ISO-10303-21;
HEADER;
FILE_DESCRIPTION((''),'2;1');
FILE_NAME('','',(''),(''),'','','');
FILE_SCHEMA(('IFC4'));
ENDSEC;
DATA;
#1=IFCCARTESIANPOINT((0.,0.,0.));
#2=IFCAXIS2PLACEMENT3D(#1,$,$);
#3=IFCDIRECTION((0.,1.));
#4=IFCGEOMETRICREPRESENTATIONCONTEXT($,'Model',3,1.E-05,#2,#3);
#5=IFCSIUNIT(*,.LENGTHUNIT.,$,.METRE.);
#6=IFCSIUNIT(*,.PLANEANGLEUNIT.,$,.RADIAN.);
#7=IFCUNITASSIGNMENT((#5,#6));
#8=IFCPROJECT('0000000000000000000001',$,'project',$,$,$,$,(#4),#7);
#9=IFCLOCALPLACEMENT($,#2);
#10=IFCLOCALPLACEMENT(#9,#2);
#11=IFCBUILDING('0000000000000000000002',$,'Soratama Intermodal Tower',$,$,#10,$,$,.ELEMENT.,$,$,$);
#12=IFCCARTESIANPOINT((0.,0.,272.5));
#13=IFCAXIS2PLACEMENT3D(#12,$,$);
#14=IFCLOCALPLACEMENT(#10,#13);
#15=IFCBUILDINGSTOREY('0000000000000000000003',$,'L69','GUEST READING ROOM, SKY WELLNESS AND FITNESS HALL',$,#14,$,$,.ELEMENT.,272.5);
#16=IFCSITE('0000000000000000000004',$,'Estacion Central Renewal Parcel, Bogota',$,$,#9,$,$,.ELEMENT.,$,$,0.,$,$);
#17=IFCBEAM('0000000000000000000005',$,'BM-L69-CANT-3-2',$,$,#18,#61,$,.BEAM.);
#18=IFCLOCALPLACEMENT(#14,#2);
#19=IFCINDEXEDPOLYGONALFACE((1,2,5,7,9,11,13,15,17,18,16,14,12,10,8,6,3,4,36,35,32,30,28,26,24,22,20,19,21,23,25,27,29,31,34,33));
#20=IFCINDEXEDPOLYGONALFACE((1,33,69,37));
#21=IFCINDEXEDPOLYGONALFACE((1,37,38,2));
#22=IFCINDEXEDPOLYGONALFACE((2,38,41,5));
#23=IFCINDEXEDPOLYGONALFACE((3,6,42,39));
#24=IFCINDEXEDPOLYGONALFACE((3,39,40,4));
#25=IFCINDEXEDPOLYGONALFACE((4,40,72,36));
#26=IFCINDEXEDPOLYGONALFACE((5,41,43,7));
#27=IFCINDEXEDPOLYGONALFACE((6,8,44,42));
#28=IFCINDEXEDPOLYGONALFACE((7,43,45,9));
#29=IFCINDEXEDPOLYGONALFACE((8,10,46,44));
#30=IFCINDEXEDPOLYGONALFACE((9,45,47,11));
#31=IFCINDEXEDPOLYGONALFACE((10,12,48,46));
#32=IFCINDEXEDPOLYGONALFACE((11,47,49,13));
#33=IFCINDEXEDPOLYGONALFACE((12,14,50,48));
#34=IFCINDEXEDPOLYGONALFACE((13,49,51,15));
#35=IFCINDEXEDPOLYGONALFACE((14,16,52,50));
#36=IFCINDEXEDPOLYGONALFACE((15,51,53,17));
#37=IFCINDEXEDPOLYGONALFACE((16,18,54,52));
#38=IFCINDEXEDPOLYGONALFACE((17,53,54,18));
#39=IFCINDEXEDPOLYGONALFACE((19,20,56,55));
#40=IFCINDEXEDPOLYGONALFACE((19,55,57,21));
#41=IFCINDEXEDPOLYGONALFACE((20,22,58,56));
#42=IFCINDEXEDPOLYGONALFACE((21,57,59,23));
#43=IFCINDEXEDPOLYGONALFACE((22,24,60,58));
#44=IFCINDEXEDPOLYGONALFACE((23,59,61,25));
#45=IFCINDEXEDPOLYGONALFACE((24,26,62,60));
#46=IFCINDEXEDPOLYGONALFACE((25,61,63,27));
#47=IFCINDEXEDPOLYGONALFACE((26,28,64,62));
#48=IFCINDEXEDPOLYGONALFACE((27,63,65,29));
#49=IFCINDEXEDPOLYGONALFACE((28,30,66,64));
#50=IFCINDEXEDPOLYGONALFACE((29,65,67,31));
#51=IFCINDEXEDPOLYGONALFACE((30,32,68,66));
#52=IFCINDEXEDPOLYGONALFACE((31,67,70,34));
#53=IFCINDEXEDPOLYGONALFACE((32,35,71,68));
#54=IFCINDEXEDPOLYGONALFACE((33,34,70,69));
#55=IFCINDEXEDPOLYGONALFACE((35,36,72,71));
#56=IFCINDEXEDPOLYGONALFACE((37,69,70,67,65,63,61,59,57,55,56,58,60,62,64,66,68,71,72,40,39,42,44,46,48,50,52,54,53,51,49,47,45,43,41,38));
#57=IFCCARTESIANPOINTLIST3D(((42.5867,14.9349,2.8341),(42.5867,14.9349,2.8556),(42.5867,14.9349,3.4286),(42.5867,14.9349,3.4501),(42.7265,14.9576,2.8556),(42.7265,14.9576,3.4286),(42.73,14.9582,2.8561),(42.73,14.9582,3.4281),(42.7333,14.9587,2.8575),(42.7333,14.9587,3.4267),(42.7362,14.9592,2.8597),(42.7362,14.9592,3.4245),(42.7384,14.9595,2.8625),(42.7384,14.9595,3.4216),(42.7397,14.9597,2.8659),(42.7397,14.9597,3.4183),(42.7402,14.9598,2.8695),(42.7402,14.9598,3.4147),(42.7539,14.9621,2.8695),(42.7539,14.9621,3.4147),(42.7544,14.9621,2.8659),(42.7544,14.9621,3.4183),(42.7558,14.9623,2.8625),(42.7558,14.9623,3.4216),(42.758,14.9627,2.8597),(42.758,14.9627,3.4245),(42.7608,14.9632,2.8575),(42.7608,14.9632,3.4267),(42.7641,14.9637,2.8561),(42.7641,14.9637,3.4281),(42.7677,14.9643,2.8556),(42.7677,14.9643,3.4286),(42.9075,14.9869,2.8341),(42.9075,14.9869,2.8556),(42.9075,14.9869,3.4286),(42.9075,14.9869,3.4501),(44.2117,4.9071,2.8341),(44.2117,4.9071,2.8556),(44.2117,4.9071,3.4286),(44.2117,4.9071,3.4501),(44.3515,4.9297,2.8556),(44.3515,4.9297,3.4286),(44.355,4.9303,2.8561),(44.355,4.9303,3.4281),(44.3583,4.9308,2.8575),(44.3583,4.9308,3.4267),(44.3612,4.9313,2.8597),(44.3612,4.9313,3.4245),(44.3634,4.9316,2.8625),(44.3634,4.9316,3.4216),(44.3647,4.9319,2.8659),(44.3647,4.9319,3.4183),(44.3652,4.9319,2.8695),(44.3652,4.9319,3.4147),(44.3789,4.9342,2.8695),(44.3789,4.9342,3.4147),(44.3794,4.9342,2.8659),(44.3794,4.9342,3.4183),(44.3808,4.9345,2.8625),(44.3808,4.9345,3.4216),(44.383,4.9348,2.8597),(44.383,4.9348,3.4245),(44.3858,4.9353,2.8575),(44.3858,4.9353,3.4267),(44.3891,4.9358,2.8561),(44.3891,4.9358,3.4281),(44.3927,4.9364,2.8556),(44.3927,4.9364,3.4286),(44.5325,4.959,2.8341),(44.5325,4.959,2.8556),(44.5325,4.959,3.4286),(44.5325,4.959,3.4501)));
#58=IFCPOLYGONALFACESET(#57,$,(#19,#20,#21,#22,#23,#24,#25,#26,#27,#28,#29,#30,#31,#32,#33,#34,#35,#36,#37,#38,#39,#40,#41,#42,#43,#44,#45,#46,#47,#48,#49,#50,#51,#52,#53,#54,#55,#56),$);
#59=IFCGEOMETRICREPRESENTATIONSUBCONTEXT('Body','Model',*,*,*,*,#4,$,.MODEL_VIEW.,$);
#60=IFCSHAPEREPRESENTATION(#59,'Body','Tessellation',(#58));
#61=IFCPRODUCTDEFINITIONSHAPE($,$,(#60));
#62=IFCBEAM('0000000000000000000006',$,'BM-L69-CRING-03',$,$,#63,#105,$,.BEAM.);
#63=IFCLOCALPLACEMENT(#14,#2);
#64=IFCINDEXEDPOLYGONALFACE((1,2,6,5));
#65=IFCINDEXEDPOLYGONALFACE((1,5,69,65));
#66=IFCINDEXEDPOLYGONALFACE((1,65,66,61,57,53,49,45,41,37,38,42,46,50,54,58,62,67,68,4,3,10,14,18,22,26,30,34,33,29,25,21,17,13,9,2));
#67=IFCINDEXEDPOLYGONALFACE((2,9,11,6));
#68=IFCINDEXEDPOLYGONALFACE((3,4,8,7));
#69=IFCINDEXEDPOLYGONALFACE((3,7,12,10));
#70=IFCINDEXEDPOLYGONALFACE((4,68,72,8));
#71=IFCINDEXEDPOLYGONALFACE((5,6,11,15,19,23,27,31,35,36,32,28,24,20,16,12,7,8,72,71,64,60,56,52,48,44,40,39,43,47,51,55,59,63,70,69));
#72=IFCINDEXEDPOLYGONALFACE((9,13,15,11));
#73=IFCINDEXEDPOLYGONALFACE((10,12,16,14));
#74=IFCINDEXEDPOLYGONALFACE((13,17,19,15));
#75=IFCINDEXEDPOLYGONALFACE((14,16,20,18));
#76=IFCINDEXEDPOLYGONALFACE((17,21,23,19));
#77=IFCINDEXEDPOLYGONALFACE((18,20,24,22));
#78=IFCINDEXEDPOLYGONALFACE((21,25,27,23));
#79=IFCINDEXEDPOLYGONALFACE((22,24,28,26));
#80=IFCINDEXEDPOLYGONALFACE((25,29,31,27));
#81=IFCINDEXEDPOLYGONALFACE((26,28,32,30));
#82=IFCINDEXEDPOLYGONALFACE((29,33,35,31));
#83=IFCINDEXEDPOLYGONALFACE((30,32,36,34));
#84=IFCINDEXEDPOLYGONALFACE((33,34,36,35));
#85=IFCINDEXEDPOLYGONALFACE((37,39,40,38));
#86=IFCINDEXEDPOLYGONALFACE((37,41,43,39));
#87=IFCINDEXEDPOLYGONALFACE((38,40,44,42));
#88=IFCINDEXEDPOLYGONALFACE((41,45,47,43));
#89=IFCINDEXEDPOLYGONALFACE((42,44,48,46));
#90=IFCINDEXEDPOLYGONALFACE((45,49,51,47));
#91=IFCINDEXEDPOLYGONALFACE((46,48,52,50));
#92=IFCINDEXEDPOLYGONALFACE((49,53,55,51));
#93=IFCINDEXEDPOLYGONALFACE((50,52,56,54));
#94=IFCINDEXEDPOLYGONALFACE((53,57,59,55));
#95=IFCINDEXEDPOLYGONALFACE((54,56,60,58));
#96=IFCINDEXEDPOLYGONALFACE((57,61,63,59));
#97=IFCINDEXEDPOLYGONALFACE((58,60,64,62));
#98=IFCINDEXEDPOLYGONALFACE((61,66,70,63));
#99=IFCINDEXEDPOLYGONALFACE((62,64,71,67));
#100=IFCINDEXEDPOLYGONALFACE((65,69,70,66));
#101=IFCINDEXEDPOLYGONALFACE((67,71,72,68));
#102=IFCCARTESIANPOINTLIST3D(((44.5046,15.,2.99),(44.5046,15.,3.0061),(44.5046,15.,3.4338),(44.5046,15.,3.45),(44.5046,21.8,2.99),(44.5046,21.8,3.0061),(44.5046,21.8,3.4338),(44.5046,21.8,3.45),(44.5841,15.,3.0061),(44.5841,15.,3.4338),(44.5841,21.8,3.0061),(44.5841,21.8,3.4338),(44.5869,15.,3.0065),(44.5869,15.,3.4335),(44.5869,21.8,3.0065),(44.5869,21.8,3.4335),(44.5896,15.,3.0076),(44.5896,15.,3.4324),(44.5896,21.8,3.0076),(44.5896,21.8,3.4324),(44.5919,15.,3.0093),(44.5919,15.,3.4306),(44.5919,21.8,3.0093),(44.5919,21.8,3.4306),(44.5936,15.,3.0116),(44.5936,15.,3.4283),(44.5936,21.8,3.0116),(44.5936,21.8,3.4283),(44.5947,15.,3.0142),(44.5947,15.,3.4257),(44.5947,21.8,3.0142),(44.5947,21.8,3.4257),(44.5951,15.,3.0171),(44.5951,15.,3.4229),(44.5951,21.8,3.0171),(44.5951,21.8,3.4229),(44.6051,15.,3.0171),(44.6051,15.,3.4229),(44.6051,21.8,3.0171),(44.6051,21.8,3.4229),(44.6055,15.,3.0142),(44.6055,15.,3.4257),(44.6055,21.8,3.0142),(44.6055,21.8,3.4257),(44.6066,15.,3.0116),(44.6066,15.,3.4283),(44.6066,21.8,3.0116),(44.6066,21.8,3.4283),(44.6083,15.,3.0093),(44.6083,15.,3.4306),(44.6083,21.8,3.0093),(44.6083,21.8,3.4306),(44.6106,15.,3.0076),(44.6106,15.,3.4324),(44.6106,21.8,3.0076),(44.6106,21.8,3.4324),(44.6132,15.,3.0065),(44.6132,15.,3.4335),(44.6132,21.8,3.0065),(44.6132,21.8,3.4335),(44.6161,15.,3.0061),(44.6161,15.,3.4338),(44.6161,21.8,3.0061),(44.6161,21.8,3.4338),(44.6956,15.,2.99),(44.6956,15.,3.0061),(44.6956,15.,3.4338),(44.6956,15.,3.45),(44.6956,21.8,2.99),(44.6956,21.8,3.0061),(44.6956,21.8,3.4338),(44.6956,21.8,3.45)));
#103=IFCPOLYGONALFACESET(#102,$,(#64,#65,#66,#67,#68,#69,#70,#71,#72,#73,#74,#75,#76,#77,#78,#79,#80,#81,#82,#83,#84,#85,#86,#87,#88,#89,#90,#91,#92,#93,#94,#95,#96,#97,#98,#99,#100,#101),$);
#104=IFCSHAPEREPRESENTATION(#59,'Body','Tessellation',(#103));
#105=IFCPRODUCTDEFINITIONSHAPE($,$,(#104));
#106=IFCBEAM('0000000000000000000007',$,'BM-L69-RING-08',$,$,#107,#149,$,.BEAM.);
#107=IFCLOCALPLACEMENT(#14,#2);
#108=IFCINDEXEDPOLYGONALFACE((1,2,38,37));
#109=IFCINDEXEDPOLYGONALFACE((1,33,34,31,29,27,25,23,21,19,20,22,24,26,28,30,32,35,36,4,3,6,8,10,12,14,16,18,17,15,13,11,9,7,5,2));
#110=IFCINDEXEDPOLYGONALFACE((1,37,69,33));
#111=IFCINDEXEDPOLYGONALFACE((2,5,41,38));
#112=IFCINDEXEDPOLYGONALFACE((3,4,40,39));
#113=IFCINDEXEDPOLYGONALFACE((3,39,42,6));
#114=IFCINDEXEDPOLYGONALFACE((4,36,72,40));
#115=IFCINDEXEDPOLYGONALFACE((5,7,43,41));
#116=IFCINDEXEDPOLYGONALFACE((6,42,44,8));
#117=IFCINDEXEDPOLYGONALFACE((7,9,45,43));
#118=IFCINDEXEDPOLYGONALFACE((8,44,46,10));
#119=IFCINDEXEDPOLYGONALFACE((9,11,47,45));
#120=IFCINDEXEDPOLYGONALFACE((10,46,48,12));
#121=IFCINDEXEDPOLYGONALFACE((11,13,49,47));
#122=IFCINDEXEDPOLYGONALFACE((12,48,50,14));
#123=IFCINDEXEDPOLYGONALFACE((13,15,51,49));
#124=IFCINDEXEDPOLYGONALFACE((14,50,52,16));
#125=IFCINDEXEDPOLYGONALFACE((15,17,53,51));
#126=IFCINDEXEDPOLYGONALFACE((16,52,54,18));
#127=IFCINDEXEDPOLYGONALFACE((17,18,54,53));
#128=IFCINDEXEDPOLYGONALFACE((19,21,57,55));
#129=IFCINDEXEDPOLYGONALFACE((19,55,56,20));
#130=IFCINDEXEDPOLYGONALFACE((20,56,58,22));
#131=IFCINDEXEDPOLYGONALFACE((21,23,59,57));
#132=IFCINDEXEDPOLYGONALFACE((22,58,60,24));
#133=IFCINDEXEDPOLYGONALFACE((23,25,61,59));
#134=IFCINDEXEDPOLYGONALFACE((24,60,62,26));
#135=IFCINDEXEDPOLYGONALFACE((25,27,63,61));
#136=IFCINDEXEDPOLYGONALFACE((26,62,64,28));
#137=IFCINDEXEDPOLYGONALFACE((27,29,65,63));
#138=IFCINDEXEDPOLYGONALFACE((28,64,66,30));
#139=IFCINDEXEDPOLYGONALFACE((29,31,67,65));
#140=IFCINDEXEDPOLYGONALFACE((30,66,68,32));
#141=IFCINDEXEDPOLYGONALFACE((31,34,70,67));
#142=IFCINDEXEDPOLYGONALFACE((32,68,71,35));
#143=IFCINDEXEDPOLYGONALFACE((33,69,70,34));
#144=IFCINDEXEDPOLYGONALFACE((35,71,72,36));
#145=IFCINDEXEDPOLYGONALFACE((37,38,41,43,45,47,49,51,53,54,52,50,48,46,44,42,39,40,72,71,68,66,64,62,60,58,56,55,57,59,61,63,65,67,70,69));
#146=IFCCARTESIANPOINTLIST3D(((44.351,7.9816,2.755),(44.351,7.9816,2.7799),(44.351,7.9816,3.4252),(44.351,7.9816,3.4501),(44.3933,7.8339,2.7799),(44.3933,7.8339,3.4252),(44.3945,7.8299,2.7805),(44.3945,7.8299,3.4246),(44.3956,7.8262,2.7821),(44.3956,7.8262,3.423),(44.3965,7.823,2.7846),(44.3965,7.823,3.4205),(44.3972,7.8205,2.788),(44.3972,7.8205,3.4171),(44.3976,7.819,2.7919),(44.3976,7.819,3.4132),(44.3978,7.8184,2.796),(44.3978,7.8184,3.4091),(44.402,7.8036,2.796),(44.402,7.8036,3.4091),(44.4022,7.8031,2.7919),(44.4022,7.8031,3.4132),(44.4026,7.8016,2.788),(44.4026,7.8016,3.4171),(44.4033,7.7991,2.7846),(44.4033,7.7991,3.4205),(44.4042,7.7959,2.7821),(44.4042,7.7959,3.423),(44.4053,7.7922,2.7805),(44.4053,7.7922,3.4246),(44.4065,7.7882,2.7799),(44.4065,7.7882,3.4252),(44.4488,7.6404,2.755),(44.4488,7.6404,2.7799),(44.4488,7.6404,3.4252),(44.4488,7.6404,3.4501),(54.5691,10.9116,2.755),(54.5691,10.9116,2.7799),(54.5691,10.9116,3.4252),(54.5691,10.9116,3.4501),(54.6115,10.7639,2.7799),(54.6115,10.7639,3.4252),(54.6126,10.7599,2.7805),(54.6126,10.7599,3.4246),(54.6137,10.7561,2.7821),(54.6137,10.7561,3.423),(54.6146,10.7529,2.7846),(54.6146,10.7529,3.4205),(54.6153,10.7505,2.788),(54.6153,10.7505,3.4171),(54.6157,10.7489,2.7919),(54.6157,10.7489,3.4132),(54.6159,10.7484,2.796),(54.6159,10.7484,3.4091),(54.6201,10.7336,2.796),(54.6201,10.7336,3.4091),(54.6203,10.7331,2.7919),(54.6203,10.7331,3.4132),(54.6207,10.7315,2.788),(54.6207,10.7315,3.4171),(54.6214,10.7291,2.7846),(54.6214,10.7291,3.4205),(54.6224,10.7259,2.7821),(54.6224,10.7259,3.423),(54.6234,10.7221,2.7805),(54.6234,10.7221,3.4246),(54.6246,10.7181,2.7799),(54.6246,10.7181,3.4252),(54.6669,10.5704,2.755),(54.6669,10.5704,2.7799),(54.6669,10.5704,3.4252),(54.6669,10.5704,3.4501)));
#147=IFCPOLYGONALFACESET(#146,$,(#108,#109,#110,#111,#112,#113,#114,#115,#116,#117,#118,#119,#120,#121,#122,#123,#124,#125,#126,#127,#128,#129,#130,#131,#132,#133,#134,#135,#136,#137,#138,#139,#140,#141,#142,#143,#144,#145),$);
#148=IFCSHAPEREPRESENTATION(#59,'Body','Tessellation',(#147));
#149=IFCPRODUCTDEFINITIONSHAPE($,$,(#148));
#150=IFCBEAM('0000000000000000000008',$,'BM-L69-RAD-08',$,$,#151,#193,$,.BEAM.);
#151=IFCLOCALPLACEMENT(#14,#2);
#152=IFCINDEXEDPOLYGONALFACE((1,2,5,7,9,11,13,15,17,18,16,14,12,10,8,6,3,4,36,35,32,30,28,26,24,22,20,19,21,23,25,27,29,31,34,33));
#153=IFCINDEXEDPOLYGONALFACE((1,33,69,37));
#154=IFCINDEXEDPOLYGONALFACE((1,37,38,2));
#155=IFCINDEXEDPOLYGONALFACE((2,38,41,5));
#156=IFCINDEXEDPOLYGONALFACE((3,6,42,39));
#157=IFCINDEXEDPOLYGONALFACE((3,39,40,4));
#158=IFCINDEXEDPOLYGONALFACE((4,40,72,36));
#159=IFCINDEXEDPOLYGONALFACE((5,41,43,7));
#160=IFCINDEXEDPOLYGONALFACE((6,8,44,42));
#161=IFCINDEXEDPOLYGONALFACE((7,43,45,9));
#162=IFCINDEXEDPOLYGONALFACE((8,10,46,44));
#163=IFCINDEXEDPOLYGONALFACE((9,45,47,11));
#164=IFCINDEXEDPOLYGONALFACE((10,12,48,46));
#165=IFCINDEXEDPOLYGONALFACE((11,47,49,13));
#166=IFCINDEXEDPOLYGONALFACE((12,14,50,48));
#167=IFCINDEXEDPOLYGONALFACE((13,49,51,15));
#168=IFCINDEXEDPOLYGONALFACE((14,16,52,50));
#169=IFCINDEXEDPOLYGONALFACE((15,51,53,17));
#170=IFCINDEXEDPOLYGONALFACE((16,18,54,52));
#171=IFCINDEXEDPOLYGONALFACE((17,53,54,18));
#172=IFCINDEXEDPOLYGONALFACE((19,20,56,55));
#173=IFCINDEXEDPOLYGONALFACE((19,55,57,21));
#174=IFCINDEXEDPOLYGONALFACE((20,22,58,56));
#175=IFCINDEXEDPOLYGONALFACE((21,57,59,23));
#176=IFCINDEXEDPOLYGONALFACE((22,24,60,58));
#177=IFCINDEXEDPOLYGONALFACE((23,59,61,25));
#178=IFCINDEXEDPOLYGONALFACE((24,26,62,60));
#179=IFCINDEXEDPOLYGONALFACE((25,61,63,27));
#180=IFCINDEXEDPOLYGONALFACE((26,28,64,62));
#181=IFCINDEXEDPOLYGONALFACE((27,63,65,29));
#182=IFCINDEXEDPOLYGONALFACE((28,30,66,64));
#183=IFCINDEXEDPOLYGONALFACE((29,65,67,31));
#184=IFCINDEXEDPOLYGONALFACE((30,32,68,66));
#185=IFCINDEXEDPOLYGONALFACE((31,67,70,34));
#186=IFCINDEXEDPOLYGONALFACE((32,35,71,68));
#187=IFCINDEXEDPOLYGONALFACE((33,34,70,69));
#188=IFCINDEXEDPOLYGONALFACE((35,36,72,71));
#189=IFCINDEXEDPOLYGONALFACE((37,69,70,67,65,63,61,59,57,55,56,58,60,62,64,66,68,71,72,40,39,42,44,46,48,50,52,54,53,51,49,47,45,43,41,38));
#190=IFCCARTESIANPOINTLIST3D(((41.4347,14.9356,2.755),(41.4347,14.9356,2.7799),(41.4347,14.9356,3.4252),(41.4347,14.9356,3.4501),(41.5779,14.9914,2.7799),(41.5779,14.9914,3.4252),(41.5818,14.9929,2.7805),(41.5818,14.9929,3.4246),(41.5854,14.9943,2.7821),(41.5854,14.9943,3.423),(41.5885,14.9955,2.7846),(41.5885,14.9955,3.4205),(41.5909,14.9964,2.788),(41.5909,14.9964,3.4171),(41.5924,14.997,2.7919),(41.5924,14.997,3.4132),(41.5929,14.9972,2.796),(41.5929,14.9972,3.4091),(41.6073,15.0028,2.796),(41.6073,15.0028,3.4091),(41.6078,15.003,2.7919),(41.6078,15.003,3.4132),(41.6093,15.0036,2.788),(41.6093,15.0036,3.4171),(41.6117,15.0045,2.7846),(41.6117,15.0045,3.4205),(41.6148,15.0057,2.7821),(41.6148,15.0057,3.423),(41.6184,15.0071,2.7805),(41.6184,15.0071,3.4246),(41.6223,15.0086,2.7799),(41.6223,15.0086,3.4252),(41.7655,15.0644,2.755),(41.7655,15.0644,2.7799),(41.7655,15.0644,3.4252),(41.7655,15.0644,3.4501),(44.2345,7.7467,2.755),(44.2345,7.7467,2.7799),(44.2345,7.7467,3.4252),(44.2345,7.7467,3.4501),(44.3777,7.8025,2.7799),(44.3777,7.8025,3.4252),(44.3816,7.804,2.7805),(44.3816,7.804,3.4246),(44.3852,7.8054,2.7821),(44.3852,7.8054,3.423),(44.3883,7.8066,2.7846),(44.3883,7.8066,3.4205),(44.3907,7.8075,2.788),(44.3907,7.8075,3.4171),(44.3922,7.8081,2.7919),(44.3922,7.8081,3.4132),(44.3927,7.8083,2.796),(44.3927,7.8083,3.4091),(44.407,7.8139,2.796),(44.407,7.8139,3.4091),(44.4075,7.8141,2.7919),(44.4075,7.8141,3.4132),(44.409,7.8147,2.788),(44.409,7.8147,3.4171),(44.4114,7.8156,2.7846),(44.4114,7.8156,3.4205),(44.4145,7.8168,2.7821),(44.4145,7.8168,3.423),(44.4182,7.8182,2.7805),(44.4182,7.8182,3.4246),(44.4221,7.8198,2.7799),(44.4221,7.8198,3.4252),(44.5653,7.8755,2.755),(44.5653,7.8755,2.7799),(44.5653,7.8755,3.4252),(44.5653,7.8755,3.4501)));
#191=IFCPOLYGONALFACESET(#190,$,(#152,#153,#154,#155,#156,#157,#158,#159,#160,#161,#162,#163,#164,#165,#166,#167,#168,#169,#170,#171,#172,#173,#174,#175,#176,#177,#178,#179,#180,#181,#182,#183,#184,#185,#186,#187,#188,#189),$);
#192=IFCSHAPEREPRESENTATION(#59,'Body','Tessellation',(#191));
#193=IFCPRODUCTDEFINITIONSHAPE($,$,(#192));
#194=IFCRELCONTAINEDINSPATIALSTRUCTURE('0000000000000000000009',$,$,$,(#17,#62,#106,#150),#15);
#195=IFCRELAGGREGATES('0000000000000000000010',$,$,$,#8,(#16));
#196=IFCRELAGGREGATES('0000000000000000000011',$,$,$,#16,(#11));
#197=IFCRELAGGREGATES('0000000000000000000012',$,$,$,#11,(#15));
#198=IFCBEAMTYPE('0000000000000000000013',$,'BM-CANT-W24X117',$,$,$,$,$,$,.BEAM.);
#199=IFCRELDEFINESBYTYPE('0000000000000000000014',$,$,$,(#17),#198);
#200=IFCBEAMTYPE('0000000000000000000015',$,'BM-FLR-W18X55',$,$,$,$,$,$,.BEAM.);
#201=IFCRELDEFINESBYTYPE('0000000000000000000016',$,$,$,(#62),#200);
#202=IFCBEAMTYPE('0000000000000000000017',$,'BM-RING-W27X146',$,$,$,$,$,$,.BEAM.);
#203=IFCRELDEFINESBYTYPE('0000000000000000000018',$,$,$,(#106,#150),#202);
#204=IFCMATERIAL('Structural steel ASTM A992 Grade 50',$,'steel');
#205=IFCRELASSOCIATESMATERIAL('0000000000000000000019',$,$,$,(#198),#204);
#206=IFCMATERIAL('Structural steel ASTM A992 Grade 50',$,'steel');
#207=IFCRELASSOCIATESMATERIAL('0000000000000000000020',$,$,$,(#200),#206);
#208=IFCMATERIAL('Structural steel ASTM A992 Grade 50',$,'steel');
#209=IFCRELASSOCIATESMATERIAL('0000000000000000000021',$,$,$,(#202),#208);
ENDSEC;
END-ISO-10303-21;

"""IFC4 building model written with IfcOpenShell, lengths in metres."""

from ifc_helpers import new_model, si_unit, direction, frame, origin, origin_2d, place, context, subcontext, project, spatial, i_section, extrude, material, material_profile, profile_set, type_object, element, save


model = new_model("IFC4")

# Units and contexts
model_context = context("Model", 3, precision=1e-05, world=origin(), true_north=direction((0.0, 1.0)))
body_context = subcontext(model_context, "Body", "Model", "MODEL_VIEW")
ifc_project = project(units=[si_unit("LENGTHUNIT", "METRE"), si_unit("PLANEANGLEUNIT", "RADIAN")], contexts=[model_context])

# Site, building, storey
site_placement = place(None, origin())
site = spatial("IfcSite", under=ifc_project, at=site_placement, Name="Estacion Central Renewal Parcel, Bogota", CompositionType="ELEMENT", RefElevation=0.0)
building_placement = place(site_placement, origin())
building = spatial("IfcBuilding", under=site, at=building_placement, Name="Soratama Intermodal Tower", CompositionType="ELEMENT")
storey_placement = place(building_placement, frame((0.0, 0.0, 272.5)))
storey = spatial("IfcBuildingStorey", under=building, at=storey_placement, Name="L69", Description="GUEST READING ROOM, SKY WELLNESS AND FITNESS HALL", CompositionType="ELEMENT", Elevation=272.5)

# Beams
ifc_material_1 = material(Name="Structural steel ASTM A992 Grade 50", Category="steel")
ifc_material_profile_1 = material_profile(ifc_material_1, i_section(OverallWidth=0.325, OverallDepth=0.616, WebThickness=0.0139, FlangeThickness=0.0215, FilletRadius=0.0139, at=origin_2d()), Name="W24X117")
ifc_profile_set_1 = profile_set([ifc_material_profile_1], Name="Structural steel ASTM A992 Grade 50")
beam_type_1 = type_object("IfcBeamType", Name="BM-CANT-W24X117", PredefinedType="BEAM", material=ifc_profile_set_1)
beam_1_placement = place(storey_placement, frame((42.7471, 14.9609, 3.1421), z_axis=(0.159962, -0.987123, 0.0), x_axis=(0.987123, 0.159962, 0.0)))
element("IfcBeam", 1, at=beam_1_placement, inside=storey, type_object=beam_type_1, Name="BM-L69-CANT-3-2", PredefinedType="BEAM", context=body_context, shape_type="SweptSolid", body=[
    extrude(i_section(OverallWidth=0.325, OverallDepth=0.616, WebThickness=0.0139, FlangeThickness=0.0215, FilletRadius=0.0139, at=origin_2d()), origin(), (0.0, 0.0, 1.0), 10.1587),
])
ifc_material_2 = material(Name="Structural steel ASTM A992 Grade 50", Category="steel")
ifc_material_profile_2 = material_profile(ifc_material_2, i_section(OverallWidth=0.1909, OverallDepth=0.46, WebThickness=0.01, FlangeThickness=0.0161, FilletRadius=0.011, at=origin_2d()), Name="W18X55")
ifc_profile_set_2 = profile_set([ifc_material_profile_2], Name="Structural steel ASTM A992 Grade 50")
beam_type_2 = type_object("IfcBeamType", Name="BM-FLR-W18X55", PredefinedType="BEAM", material=ifc_profile_set_2)
beam_2_placement = place(storey_placement, frame((44.6001, 15.0, 3.22), z_axis=(0.0, 1.0, 0.0), x_axis=(-1.0, 0.0, 0.0)))
element("IfcBeam", 2, at=beam_2_placement, inside=storey, type_object=beam_type_2, Name="BM-L69-CRING-03", PredefinedType="BEAM", context=body_context, shape_type="SweptSolid", body=[
    extrude(i_section(OverallWidth=0.1909, OverallDepth=0.46, WebThickness=0.01, FlangeThickness=0.0161, FilletRadius=0.011, at=origin_2d()), origin(), (0.0, 0.0, 1.0), 6.8),
])
ifc_material_3 = material(Name="Structural steel ASTM A992 Grade 50", Category="steel")
ifc_material_profile_3 = material_profile(ifc_material_3, i_section(OverallWidth=0.355, OverallDepth=0.6951, WebThickness=0.0154, FlangeThickness=0.0249, FilletRadius=0.0161, at=origin_2d()), Name="W27X146")
ifc_profile_set_3 = profile_set([ifc_material_profile_3], Name="Structural steel ASTM A992 Grade 50")
beam_type_3 = type_object("IfcBeamType", Name="BM-RING-W27X146", PredefinedType="BEAM", material=ifc_profile_set_3)
beam_3_placement = place(storey_placement, frame((44.3999, 7.811, 3.1025), z_axis=(0.961263, 0.275634, 0.0), x_axis=(-0.275634, 0.961263, 0.0)))
element("IfcBeam", 3, at=beam_3_placement, inside=storey, type_object=beam_type_3, Name="BM-L69-RING-08", PredefinedType="BEAM", context=body_context, shape_type="SweptSolid", body=[
    extrude(i_section(OverallWidth=0.355, OverallDepth=0.6951, WebThickness=0.0154, FlangeThickness=0.0249, FilletRadius=0.0161, at=origin_2d()), origin(), (0.0, 0.0, 1.0), 10.6299),
])
beam_4_placement = place(storey_placement, frame((41.6001, 15.0, 3.1025), z_axis=(0.362907, -0.931825, 0.0), x_axis=(0.931825, 0.362907, 0.0)))
element("IfcBeam", 4, at=beam_4_placement, inside=storey, type_object=beam_type_3, Name="BM-L69-RAD-08", PredefinedType="BEAM", context=body_context, shape_type="SweptSolid", body=[
    extrude(i_section(OverallWidth=0.355, OverallDepth=0.6951, WebThickness=0.0154, FlangeThickness=0.0249, FilletRadius=0.0161, at=origin_2d()), origin(), (0.0, 0.0, 1.0), 7.7148),
])

save(model, "model.ifc")
